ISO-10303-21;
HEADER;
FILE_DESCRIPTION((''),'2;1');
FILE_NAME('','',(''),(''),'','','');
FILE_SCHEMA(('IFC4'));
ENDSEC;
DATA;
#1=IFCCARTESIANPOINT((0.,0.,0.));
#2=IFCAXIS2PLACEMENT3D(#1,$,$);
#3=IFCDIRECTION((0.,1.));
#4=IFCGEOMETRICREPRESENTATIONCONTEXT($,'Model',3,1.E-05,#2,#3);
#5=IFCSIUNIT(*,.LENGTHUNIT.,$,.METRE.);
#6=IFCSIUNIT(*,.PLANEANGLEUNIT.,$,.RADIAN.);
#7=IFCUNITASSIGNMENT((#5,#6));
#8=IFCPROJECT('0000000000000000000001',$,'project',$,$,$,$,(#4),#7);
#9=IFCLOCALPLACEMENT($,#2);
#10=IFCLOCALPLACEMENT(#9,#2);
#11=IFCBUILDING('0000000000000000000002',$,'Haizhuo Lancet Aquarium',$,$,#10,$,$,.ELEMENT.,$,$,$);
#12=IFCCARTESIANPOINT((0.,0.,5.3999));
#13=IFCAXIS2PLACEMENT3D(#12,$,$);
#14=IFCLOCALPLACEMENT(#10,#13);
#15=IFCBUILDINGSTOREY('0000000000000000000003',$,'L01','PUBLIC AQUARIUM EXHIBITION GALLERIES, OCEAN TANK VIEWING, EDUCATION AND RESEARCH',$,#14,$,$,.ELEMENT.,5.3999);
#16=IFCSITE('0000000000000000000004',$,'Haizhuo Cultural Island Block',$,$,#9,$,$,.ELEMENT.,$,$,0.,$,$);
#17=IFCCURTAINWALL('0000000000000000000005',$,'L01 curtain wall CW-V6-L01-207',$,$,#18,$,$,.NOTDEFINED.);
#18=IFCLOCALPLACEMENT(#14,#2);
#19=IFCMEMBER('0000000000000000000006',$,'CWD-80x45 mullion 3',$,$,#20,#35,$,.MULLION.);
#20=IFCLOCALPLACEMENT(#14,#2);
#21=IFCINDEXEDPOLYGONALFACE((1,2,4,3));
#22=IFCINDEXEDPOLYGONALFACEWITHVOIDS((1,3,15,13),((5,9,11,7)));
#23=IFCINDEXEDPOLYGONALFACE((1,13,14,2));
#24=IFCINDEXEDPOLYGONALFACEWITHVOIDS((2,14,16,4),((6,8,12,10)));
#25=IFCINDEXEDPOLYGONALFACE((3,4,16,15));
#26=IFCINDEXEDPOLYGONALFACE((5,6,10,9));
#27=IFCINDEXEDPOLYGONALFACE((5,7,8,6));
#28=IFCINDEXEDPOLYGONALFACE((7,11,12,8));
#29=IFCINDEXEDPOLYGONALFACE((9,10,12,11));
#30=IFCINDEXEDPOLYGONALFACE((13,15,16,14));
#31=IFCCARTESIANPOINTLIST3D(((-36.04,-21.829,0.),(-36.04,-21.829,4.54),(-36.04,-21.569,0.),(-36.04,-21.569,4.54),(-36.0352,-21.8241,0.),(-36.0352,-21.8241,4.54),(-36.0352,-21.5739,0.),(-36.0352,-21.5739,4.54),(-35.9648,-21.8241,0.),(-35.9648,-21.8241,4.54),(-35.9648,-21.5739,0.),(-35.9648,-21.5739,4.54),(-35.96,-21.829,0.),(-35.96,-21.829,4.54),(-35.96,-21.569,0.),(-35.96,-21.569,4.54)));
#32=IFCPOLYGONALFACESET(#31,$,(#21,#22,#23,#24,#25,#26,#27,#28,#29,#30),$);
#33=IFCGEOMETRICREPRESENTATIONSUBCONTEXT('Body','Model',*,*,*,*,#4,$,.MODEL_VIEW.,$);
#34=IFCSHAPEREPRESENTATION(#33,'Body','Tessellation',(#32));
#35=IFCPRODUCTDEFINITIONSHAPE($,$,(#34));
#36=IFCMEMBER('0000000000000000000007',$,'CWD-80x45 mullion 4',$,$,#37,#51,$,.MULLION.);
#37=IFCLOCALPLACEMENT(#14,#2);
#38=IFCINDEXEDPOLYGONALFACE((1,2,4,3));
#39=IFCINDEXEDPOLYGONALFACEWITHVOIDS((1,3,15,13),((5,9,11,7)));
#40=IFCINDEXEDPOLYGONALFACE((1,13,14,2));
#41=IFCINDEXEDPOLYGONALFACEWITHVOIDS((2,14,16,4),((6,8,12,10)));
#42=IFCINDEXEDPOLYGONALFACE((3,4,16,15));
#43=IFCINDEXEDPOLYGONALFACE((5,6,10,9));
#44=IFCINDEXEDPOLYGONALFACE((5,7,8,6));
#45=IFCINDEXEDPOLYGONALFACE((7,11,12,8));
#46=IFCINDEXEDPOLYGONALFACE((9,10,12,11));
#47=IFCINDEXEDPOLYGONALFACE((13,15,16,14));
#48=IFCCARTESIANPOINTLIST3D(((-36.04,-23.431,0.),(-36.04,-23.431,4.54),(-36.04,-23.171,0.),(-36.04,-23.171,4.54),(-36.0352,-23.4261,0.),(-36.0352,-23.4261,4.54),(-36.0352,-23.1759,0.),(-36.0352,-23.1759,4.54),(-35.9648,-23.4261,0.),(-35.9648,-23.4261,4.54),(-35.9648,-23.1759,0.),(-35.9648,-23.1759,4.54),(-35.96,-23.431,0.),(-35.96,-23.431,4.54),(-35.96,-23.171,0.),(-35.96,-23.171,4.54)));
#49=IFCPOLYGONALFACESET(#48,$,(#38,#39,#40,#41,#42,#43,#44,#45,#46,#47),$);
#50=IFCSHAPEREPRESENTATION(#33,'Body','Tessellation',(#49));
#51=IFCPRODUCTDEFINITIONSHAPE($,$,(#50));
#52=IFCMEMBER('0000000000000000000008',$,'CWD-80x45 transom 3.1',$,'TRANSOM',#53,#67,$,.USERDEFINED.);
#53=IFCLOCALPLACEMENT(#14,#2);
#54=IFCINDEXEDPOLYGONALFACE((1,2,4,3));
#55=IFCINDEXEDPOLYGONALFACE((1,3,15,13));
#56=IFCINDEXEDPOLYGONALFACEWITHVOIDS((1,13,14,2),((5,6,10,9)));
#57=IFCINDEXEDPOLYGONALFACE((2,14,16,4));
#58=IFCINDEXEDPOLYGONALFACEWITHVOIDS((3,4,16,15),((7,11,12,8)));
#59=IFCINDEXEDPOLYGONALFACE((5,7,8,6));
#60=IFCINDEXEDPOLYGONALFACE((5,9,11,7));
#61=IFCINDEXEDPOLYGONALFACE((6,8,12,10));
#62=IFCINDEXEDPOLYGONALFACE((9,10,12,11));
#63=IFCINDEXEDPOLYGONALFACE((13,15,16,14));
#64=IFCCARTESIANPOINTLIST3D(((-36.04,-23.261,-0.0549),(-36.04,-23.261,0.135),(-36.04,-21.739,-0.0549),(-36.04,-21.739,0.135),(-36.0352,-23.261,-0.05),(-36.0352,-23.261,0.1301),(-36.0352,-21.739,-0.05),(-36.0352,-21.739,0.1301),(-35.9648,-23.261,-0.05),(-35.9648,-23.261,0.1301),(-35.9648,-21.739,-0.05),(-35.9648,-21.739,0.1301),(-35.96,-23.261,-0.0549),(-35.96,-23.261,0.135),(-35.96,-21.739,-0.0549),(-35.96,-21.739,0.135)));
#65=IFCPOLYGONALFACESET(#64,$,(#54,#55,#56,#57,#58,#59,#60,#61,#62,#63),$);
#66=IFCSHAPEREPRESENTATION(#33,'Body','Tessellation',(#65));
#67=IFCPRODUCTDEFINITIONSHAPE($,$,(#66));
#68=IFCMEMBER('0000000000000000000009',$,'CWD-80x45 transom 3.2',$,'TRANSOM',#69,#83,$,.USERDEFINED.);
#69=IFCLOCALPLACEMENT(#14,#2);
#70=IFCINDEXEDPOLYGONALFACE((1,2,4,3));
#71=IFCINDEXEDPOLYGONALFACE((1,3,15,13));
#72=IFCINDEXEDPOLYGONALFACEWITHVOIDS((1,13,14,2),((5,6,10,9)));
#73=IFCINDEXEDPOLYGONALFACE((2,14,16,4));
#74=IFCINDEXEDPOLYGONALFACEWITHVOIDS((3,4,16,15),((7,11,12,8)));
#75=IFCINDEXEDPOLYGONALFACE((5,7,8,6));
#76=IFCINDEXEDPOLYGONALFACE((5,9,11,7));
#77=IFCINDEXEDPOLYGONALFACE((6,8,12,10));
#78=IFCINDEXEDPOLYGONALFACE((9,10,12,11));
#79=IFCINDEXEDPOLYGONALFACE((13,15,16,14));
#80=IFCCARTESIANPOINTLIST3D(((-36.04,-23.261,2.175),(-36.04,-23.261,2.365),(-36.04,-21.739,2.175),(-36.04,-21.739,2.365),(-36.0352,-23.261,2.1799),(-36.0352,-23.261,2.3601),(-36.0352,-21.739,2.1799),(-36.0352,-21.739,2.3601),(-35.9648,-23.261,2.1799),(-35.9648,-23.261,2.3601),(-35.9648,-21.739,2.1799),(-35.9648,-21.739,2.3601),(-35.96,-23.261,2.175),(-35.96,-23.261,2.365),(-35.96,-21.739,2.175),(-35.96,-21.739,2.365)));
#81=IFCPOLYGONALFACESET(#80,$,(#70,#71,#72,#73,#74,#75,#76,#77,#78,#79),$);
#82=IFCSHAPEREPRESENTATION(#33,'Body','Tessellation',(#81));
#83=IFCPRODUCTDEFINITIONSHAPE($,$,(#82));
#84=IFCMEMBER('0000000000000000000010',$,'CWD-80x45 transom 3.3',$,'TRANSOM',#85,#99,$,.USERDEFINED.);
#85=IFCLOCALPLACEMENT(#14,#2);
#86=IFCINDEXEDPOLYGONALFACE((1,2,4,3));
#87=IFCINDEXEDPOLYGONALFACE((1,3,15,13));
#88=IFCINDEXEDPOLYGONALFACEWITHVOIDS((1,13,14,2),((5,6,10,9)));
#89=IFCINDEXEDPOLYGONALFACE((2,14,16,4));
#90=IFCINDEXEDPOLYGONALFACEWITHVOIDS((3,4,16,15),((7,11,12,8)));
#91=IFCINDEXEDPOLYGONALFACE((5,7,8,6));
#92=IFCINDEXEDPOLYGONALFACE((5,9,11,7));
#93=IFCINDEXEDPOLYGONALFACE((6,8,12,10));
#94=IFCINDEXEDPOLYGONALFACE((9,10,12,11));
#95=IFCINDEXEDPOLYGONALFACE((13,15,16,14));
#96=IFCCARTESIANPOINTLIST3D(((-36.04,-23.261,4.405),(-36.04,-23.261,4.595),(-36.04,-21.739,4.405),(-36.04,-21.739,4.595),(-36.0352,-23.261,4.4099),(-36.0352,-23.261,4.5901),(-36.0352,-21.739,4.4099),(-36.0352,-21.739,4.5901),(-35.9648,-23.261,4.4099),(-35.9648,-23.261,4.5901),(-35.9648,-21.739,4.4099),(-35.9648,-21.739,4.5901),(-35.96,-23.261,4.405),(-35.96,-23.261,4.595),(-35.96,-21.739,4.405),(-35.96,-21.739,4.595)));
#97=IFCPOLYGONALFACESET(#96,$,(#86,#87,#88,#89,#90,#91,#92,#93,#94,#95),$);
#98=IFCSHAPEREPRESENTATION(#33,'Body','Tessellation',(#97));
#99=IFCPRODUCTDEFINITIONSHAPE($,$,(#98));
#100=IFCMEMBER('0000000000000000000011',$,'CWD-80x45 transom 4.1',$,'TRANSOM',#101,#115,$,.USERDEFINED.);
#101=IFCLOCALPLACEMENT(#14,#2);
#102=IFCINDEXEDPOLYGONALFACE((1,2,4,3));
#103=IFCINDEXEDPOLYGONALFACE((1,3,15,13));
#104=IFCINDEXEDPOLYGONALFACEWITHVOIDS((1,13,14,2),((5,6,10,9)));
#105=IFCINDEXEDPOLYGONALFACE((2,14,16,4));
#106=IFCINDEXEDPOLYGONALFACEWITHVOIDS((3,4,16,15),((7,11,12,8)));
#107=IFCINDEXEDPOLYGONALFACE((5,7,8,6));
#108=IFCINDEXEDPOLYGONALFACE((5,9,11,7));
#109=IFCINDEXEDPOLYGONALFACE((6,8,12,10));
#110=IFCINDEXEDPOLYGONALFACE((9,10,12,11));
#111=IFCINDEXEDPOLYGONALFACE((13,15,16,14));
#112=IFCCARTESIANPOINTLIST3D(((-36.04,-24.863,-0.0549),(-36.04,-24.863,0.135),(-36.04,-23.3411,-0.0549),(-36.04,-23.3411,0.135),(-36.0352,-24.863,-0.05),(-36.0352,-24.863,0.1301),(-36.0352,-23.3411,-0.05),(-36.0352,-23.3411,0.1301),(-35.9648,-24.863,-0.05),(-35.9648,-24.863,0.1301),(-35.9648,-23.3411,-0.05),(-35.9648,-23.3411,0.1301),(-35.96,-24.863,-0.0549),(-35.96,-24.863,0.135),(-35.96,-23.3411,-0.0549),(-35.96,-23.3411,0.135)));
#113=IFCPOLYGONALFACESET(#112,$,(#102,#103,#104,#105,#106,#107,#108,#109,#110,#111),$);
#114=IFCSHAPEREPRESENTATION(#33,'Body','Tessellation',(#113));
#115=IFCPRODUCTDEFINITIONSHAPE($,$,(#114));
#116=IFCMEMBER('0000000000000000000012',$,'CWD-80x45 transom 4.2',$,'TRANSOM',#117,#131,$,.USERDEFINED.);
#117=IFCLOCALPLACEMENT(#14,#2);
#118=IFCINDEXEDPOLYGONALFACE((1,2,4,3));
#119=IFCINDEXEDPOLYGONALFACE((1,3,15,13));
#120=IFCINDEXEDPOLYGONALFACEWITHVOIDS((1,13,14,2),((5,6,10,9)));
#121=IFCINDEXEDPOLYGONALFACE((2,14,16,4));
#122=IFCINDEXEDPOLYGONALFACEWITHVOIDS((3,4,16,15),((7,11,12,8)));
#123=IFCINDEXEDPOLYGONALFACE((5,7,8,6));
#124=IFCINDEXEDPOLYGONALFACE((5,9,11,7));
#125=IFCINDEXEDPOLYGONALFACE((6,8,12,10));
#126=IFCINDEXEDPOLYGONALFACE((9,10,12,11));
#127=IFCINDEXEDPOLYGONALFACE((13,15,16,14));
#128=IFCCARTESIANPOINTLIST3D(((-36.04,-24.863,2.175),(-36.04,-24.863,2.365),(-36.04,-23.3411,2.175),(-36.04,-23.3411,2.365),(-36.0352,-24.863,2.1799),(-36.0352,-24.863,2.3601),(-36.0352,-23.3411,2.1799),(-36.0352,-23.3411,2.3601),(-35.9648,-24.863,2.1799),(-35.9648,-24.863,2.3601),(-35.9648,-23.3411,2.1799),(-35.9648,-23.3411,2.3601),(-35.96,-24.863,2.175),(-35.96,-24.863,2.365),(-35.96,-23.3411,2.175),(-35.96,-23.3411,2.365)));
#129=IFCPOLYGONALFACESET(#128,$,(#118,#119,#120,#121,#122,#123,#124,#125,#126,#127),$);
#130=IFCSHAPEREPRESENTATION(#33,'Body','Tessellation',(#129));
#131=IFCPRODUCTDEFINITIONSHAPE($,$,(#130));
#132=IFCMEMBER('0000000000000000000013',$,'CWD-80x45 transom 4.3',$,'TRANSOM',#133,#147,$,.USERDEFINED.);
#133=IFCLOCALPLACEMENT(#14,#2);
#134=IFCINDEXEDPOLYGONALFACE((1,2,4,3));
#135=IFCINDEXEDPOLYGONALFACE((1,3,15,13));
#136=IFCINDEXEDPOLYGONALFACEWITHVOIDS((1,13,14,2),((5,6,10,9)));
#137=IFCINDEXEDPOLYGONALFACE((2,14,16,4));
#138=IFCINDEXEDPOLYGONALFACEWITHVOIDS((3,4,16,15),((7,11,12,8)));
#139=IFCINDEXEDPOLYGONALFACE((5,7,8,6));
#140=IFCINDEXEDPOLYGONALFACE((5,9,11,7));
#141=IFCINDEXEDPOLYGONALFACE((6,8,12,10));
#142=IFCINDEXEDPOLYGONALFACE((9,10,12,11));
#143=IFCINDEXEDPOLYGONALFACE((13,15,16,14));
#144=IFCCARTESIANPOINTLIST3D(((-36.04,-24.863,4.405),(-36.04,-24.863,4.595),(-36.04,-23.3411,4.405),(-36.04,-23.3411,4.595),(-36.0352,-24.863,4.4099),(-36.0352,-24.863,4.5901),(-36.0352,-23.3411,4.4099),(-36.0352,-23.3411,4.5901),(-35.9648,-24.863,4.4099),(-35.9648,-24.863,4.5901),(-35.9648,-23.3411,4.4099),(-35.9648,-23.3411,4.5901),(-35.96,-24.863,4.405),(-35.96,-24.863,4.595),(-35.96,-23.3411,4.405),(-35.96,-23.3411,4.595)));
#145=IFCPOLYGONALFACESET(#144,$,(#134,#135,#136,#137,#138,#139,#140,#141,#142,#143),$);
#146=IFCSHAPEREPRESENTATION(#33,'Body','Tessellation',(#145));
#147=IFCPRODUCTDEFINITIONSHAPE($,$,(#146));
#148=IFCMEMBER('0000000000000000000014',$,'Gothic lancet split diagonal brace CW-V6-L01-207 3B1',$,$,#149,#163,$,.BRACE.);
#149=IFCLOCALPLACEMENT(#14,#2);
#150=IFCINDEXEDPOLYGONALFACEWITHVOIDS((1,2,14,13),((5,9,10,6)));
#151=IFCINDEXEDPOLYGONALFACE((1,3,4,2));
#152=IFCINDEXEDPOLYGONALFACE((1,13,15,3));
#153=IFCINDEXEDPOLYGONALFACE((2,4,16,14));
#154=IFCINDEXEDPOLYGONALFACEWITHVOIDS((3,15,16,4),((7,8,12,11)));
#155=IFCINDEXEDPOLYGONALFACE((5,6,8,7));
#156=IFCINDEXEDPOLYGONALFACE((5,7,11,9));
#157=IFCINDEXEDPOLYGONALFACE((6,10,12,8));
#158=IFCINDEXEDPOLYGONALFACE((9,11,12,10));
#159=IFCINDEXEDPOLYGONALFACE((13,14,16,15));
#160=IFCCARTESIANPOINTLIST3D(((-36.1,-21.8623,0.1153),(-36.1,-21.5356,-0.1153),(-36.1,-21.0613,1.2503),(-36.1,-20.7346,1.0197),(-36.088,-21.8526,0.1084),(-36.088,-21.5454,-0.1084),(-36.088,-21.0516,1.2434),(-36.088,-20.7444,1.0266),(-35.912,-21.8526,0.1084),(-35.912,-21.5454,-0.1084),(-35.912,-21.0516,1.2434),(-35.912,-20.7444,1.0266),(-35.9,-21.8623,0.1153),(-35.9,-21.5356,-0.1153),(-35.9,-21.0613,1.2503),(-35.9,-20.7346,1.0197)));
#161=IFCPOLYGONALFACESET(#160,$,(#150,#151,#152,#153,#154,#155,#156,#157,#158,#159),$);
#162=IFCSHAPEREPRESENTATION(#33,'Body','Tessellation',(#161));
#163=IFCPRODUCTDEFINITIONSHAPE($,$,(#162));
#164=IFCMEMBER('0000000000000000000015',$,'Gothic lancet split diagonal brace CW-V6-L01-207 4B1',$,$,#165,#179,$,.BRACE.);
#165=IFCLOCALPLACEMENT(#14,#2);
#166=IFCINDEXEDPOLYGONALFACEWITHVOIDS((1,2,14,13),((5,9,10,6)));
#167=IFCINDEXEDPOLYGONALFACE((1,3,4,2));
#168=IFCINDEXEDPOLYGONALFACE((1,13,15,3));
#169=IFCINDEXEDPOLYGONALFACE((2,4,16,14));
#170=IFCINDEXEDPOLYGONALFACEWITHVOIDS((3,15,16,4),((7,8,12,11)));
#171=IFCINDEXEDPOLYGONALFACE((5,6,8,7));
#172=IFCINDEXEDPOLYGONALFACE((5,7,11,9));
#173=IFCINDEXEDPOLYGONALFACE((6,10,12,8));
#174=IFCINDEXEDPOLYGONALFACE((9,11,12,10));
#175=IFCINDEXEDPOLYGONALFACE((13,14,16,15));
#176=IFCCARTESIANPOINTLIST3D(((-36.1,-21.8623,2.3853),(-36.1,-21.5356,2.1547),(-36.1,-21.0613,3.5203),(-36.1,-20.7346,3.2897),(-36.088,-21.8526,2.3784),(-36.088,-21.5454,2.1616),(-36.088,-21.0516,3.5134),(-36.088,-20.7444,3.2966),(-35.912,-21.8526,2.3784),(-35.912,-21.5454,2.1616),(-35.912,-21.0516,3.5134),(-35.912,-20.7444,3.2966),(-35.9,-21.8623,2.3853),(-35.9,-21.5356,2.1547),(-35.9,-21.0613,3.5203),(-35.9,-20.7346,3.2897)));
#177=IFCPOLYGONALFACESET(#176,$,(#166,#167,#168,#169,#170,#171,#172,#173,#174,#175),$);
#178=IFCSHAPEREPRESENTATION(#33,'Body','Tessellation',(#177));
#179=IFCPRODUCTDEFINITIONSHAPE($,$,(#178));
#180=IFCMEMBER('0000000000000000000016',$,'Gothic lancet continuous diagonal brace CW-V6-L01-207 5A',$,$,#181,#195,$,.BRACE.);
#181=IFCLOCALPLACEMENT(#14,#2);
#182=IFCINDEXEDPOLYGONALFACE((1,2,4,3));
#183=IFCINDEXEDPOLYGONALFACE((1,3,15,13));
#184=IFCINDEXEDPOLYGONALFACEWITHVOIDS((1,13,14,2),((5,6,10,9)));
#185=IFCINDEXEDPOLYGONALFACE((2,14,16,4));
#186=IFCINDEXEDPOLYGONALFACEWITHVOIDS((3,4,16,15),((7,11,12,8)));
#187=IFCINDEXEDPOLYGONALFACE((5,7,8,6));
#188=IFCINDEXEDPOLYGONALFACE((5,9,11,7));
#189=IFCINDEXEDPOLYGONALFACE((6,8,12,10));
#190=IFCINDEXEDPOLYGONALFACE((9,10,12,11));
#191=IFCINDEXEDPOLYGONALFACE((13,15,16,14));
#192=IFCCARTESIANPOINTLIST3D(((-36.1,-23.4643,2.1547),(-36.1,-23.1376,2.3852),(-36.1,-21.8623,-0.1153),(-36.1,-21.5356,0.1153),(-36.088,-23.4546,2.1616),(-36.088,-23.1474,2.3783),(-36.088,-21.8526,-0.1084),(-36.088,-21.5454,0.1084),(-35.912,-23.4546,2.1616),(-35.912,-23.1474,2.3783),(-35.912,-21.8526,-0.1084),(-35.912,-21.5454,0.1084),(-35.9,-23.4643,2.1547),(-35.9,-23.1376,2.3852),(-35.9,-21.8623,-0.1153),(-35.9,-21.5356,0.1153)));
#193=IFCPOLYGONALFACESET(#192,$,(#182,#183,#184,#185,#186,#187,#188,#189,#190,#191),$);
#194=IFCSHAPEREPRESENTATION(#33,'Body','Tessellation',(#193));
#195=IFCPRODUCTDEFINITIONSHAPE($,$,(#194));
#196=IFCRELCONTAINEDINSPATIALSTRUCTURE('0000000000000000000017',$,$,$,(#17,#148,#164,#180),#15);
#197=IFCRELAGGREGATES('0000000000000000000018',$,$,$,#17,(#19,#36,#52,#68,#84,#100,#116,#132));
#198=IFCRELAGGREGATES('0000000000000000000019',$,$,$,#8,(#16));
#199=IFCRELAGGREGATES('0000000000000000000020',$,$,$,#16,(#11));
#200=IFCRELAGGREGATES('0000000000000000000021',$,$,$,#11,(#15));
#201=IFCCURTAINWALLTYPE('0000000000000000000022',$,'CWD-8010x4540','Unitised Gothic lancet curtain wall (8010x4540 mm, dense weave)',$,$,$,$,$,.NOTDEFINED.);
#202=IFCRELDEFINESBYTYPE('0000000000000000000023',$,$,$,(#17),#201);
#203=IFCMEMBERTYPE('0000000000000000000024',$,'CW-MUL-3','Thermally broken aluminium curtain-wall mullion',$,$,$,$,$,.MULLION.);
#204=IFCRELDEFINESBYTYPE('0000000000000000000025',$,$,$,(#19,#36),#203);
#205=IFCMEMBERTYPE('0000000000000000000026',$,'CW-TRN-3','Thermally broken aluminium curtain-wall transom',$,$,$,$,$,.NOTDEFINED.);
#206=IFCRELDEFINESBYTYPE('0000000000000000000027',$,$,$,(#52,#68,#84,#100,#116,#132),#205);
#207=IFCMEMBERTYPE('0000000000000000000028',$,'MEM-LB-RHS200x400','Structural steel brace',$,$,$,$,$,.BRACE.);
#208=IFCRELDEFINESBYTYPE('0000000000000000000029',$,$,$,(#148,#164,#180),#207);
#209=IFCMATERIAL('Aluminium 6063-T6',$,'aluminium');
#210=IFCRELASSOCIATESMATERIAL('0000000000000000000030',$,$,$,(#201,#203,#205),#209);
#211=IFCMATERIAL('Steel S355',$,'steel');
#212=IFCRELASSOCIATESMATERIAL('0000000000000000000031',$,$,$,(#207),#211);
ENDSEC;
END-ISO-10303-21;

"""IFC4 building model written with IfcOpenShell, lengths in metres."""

from ifc_helpers import new_model, si_unit, direction, frame, origin, origin_2d, place, context, subcontext, project, spatial, hollow_rectangle, extrude, material, material_profile, profile_set, type_object, element, aggregate, save


model = new_model("IFC4")

# Units and contexts
model_context = context("Model", 3, precision=1e-05, world=origin(), true_north=direction((0.0, 1.0)))
body_context = subcontext(model_context, "Body", "Model", "MODEL_VIEW")
ifc_project = project(units=[si_unit("LENGTHUNIT", "METRE"), si_unit("PLANEANGLEUNIT", "RADIAN")], contexts=[model_context])

# Site, building, storey
site_placement = place(None, origin())
site = spatial("IfcSite", under=ifc_project, at=site_placement, Name="Haizhuo Cultural Island Block", CompositionType="ELEMENT", RefElevation=0.0)
building_placement = place(site_placement, origin())
building = spatial("IfcBuilding", under=site, at=building_placement, Name="Haizhuo Lancet Aquarium", CompositionType="ELEMENT")
storey_placement = place(building_placement, frame((0.0, 0.0, 5.3999)))
storey = spatial("IfcBuildingStorey", under=building, at=storey_placement, Name="L01", Description="PUBLIC AQUARIUM EXHIBITION GALLERIES, OCEAN TANK VIEWING, EDUCATION AND RESEARCH", CompositionType="ELEMENT", Elevation=5.3999)

# Curtain wall, members
ifc_material_1 = material(Name="Aluminium 6063-T6", Category="aluminium")
curtain_wall_type = type_object("IfcCurtainWallType", Name="CWD-8010x4540", Description="Unitised Gothic lancet curtain wall (8010x4540 mm, dense weave)", PredefinedType="NOTDEFINED", material=ifc_material_1)
curtain_wall_placement = place(storey_placement, origin())
curtain_wall = element("IfcCurtainWall", 1, at=curtain_wall_placement, inside=storey, type_object=curtain_wall_type, Name="L01 curtain wall CW-V6-L01-207", PredefinedType="NOTDEFINED")
ifc_material_profile_1 = material_profile(ifc_material_1, hollow_rectangle(XDim=0.0801, YDim=0.26, WallThickness=0.0049, at=origin_2d()), Name="ALU-M 80x260x5")
ifc_profile_set_1 = profile_set([ifc_material_profile_1], Name="Aluminium 6063-T6")
member_type_1 = type_object("IfcMemberType", Name="CW-MUL-3", Description="Thermally broken aluminium curtain-wall mullion", PredefinedType="MULLION", material=ifc_profile_set_1)
member_1_placement = place(storey_placement, frame((-36.0, -21.699, 0.0), z_axis=(0.0, 0.0, 1.0), x_axis=(1.0, 0.0, 0.0)))
member_1 = element("IfcMember", 2, at=member_1_placement, type_object=member_type_1, Name="CWD-80x45 mullion 3", PredefinedType="MULLION", context=body_context, shape_type="SweptSolid", body=[
    extrude(hollow_rectangle(XDim=0.0801, YDim=0.26, WallThickness=0.0049, at=origin_2d()), origin(), (0.0, 0.0, 1.0), 4.54),
])
member_2_placement = place(storey_placement, frame((-36.0, -23.301, 0.0), z_axis=(0.0, 0.0, 1.0), x_axis=(1.0, 0.0, 0.0)))
member_2 = element("IfcMember", 3, at=member_2_placement, type_object=member_type_1, Name="CWD-80x45 mullion 4", PredefinedType="MULLION", context=body_context, shape_type="SweptSolid", body=[
    extrude(hollow_rectangle(XDim=0.0801, YDim=0.26, WallThickness=0.0049, at=origin_2d()), origin(), (0.0, 0.0, 1.0), 4.54),
])
ifc_material_profile_2 = material_profile(ifc_material_1, hollow_rectangle(XDim=0.0801, YDim=0.1899, WallThickness=0.0049, at=origin_2d()), Name="ALU-T 80x190x5")
ifc_profile_set_2 = profile_set([ifc_material_profile_2], Name="Aluminium 6063-T6")
member_type_2 = type_object("IfcMemberType", Name="CW-TRN-3", Description="Thermally broken aluminium curtain-wall transom", PredefinedType="NOTDEFINED", material=ifc_profile_set_2)
member_3_placement = place(storey_placement, frame((-36.0, -21.739, 0.04), z_axis=(0.0, -1.0, 0.0), x_axis=(1.0, 0.0, 0.0)))
member_3 = element("IfcMember", 4, at=member_3_placement, type_object=member_type_2, Name="CWD-80x45 transom 3.1", ObjectType="TRANSOM", PredefinedType="USERDEFINED", context=body_context, shape_type="SweptSolid", body=[
    extrude(hollow_rectangle(XDim=0.0801, YDim=0.1899, WallThickness=0.0049, at=origin_2d()), origin(), (0.0, 0.0, 1.0), 1.522),
])
member_4_placement = place(storey_placement, frame((-36.0, -21.739, 2.27), z_axis=(0.0, -1.0, 0.0), x_axis=(1.0, 0.0, 0.0)))
member_4 = element("IfcMember", 5, at=member_4_placement, type_object=member_type_2, Name="CWD-80x45 transom 3.2", ObjectType="TRANSOM", PredefinedType="USERDEFINED", context=body_context, shape_type="SweptSolid", body=[
    extrude(hollow_rectangle(XDim=0.0801, YDim=0.1899, WallThickness=0.0049, at=origin_2d()), origin(), (0.0, 0.0, 1.0), 1.522),
])
member_5_placement = place(storey_placement, frame((-36.0, -21.739, 4.5), z_axis=(0.0, -1.0, 0.0), x_axis=(1.0, 0.0, 0.0)))
member_5 = element("IfcMember", 6, at=member_5_placement, type_object=member_type_2, Name="CWD-80x45 transom 3.3", ObjectType="TRANSOM", PredefinedType="USERDEFINED", context=body_context, shape_type="SweptSolid", body=[
    extrude(hollow_rectangle(XDim=0.0801, YDim=0.1899, WallThickness=0.0049, at=origin_2d()), origin(), (0.0, 0.0, 1.0), 1.522),
])
member_6_placement = place(storey_placement, frame((-36.0, -23.3411, 0.04), z_axis=(0.0, -1.0, 0.0), x_axis=(1.0, 0.0, 0.0)))
member_6 = element("IfcMember", 7, at=member_6_placement, type_object=member_type_2, Name="CWD-80x45 transom 4.1", ObjectType="TRANSOM", PredefinedType="USERDEFINED", context=body_context, shape_type="SweptSolid", body=[
    extrude(hollow_rectangle(XDim=0.0801, YDim=0.1899, WallThickness=0.0049, at=origin_2d()), origin(), (0.0, 0.0, 1.0), 1.522),
])
member_7_placement = place(storey_placement, frame((-36.0, -23.3411, 2.27), z_axis=(0.0, -1.0, 0.0), x_axis=(1.0, 0.0, 0.0)))
member_7 = element("IfcMember", 8, at=member_7_placement, type_object=member_type_2, Name="CWD-80x45 transom 4.2", ObjectType="TRANSOM", PredefinedType="USERDEFINED", context=body_context, shape_type="SweptSolid", body=[
    extrude(hollow_rectangle(XDim=0.0801, YDim=0.1899, WallThickness=0.0049, at=origin_2d()), origin(), (0.0, 0.0, 1.0), 1.522),
])
member_8_placement = place(storey_placement, frame((-36.0, -23.3411, 4.5), z_axis=(0.0, -1.0, 0.0), x_axis=(1.0, 0.0, 0.0)))
member_8 = element("IfcMember", 9, at=member_8_placement, type_object=member_type_2, Name="CWD-80x45 transom 4.3", ObjectType="TRANSOM", PredefinedType="USERDEFINED", context=body_context, shape_type="SweptSolid", body=[
    extrude(hollow_rectangle(XDim=0.0801, YDim=0.1899, WallThickness=0.0049, at=origin_2d()), origin(), (0.0, 0.0, 1.0), 1.522),
])

# Members
ifc_material_2 = material(Name="Steel S355", Category="steel")
ifc_material_profile_3 = material_profile(ifc_material_2, hollow_rectangle(XDim=0.2, YDim=0.3999, WallThickness=0.012, at=origin_2d()), Name="RHS 200x400x12")
ifc_profile_set_3 = profile_set([ifc_material_profile_3], Name="Steel S355")
member_type_3 = type_object("IfcMemberType", Name="MEM-LB-RHS200x400", Description="Structural steel brace", PredefinedType="BRACE", material=ifc_profile_set_3)
for number, where, z_axis, x_axis, name in (
    (10, (-36.0, -21.699, 0.0), (0.0, 0.576607, 0.817021), (-1.0, 0.0, 0.0), "Gothic lancet split diagonal brace CW-V6-L01-207 3B1"),
    (11, (-36.0, -21.699, 2.27), (0.0, 0.576607, 0.817021), (-1.0, 0.0, 0.0), "Gothic lancet split diagonal brace CW-V6-L01-207 4B1"),
):
    element("IfcMember", number, at=place(storey_placement, frame(where, z_axis=z_axis, x_axis=x_axis)), inside=storey, type_object=member_type_3, Name=name, PredefinedType="BRACE", context=body_context, shape_type="SweptSolid", body=[
        extrude(hollow_rectangle(XDim=0.2, YDim=0.3999, WallThickness=0.012, at=origin_2d()), origin(), (0.0, 0.0, 1.0), 1.3892),
    ])
member_9_placement = place(storey_placement, frame((-36.0, -21.699, 0.0), z_axis=(0.0, -0.576607, 0.817021), x_axis=(1.0, 0.0, 0.0)))
element("IfcMember", 12, at=member_9_placement, inside=storey, type_object=member_type_3, Name="Gothic lancet continuous diagonal brace CW-V6-L01-207 5A", PredefinedType="BRACE", context=body_context, shape_type="SweptSolid", body=[
    extrude(hollow_rectangle(XDim=0.2, YDim=0.3999, WallThickness=0.012, at=origin_2d()), origin(), (0.0, 0.0, 1.0), 2.7783),
])

aggregate(curtain_wall, [member_1, member_2, member_3, member_4, member_5, member_6, member_7, member_8])

save(model, "model.ifc")
